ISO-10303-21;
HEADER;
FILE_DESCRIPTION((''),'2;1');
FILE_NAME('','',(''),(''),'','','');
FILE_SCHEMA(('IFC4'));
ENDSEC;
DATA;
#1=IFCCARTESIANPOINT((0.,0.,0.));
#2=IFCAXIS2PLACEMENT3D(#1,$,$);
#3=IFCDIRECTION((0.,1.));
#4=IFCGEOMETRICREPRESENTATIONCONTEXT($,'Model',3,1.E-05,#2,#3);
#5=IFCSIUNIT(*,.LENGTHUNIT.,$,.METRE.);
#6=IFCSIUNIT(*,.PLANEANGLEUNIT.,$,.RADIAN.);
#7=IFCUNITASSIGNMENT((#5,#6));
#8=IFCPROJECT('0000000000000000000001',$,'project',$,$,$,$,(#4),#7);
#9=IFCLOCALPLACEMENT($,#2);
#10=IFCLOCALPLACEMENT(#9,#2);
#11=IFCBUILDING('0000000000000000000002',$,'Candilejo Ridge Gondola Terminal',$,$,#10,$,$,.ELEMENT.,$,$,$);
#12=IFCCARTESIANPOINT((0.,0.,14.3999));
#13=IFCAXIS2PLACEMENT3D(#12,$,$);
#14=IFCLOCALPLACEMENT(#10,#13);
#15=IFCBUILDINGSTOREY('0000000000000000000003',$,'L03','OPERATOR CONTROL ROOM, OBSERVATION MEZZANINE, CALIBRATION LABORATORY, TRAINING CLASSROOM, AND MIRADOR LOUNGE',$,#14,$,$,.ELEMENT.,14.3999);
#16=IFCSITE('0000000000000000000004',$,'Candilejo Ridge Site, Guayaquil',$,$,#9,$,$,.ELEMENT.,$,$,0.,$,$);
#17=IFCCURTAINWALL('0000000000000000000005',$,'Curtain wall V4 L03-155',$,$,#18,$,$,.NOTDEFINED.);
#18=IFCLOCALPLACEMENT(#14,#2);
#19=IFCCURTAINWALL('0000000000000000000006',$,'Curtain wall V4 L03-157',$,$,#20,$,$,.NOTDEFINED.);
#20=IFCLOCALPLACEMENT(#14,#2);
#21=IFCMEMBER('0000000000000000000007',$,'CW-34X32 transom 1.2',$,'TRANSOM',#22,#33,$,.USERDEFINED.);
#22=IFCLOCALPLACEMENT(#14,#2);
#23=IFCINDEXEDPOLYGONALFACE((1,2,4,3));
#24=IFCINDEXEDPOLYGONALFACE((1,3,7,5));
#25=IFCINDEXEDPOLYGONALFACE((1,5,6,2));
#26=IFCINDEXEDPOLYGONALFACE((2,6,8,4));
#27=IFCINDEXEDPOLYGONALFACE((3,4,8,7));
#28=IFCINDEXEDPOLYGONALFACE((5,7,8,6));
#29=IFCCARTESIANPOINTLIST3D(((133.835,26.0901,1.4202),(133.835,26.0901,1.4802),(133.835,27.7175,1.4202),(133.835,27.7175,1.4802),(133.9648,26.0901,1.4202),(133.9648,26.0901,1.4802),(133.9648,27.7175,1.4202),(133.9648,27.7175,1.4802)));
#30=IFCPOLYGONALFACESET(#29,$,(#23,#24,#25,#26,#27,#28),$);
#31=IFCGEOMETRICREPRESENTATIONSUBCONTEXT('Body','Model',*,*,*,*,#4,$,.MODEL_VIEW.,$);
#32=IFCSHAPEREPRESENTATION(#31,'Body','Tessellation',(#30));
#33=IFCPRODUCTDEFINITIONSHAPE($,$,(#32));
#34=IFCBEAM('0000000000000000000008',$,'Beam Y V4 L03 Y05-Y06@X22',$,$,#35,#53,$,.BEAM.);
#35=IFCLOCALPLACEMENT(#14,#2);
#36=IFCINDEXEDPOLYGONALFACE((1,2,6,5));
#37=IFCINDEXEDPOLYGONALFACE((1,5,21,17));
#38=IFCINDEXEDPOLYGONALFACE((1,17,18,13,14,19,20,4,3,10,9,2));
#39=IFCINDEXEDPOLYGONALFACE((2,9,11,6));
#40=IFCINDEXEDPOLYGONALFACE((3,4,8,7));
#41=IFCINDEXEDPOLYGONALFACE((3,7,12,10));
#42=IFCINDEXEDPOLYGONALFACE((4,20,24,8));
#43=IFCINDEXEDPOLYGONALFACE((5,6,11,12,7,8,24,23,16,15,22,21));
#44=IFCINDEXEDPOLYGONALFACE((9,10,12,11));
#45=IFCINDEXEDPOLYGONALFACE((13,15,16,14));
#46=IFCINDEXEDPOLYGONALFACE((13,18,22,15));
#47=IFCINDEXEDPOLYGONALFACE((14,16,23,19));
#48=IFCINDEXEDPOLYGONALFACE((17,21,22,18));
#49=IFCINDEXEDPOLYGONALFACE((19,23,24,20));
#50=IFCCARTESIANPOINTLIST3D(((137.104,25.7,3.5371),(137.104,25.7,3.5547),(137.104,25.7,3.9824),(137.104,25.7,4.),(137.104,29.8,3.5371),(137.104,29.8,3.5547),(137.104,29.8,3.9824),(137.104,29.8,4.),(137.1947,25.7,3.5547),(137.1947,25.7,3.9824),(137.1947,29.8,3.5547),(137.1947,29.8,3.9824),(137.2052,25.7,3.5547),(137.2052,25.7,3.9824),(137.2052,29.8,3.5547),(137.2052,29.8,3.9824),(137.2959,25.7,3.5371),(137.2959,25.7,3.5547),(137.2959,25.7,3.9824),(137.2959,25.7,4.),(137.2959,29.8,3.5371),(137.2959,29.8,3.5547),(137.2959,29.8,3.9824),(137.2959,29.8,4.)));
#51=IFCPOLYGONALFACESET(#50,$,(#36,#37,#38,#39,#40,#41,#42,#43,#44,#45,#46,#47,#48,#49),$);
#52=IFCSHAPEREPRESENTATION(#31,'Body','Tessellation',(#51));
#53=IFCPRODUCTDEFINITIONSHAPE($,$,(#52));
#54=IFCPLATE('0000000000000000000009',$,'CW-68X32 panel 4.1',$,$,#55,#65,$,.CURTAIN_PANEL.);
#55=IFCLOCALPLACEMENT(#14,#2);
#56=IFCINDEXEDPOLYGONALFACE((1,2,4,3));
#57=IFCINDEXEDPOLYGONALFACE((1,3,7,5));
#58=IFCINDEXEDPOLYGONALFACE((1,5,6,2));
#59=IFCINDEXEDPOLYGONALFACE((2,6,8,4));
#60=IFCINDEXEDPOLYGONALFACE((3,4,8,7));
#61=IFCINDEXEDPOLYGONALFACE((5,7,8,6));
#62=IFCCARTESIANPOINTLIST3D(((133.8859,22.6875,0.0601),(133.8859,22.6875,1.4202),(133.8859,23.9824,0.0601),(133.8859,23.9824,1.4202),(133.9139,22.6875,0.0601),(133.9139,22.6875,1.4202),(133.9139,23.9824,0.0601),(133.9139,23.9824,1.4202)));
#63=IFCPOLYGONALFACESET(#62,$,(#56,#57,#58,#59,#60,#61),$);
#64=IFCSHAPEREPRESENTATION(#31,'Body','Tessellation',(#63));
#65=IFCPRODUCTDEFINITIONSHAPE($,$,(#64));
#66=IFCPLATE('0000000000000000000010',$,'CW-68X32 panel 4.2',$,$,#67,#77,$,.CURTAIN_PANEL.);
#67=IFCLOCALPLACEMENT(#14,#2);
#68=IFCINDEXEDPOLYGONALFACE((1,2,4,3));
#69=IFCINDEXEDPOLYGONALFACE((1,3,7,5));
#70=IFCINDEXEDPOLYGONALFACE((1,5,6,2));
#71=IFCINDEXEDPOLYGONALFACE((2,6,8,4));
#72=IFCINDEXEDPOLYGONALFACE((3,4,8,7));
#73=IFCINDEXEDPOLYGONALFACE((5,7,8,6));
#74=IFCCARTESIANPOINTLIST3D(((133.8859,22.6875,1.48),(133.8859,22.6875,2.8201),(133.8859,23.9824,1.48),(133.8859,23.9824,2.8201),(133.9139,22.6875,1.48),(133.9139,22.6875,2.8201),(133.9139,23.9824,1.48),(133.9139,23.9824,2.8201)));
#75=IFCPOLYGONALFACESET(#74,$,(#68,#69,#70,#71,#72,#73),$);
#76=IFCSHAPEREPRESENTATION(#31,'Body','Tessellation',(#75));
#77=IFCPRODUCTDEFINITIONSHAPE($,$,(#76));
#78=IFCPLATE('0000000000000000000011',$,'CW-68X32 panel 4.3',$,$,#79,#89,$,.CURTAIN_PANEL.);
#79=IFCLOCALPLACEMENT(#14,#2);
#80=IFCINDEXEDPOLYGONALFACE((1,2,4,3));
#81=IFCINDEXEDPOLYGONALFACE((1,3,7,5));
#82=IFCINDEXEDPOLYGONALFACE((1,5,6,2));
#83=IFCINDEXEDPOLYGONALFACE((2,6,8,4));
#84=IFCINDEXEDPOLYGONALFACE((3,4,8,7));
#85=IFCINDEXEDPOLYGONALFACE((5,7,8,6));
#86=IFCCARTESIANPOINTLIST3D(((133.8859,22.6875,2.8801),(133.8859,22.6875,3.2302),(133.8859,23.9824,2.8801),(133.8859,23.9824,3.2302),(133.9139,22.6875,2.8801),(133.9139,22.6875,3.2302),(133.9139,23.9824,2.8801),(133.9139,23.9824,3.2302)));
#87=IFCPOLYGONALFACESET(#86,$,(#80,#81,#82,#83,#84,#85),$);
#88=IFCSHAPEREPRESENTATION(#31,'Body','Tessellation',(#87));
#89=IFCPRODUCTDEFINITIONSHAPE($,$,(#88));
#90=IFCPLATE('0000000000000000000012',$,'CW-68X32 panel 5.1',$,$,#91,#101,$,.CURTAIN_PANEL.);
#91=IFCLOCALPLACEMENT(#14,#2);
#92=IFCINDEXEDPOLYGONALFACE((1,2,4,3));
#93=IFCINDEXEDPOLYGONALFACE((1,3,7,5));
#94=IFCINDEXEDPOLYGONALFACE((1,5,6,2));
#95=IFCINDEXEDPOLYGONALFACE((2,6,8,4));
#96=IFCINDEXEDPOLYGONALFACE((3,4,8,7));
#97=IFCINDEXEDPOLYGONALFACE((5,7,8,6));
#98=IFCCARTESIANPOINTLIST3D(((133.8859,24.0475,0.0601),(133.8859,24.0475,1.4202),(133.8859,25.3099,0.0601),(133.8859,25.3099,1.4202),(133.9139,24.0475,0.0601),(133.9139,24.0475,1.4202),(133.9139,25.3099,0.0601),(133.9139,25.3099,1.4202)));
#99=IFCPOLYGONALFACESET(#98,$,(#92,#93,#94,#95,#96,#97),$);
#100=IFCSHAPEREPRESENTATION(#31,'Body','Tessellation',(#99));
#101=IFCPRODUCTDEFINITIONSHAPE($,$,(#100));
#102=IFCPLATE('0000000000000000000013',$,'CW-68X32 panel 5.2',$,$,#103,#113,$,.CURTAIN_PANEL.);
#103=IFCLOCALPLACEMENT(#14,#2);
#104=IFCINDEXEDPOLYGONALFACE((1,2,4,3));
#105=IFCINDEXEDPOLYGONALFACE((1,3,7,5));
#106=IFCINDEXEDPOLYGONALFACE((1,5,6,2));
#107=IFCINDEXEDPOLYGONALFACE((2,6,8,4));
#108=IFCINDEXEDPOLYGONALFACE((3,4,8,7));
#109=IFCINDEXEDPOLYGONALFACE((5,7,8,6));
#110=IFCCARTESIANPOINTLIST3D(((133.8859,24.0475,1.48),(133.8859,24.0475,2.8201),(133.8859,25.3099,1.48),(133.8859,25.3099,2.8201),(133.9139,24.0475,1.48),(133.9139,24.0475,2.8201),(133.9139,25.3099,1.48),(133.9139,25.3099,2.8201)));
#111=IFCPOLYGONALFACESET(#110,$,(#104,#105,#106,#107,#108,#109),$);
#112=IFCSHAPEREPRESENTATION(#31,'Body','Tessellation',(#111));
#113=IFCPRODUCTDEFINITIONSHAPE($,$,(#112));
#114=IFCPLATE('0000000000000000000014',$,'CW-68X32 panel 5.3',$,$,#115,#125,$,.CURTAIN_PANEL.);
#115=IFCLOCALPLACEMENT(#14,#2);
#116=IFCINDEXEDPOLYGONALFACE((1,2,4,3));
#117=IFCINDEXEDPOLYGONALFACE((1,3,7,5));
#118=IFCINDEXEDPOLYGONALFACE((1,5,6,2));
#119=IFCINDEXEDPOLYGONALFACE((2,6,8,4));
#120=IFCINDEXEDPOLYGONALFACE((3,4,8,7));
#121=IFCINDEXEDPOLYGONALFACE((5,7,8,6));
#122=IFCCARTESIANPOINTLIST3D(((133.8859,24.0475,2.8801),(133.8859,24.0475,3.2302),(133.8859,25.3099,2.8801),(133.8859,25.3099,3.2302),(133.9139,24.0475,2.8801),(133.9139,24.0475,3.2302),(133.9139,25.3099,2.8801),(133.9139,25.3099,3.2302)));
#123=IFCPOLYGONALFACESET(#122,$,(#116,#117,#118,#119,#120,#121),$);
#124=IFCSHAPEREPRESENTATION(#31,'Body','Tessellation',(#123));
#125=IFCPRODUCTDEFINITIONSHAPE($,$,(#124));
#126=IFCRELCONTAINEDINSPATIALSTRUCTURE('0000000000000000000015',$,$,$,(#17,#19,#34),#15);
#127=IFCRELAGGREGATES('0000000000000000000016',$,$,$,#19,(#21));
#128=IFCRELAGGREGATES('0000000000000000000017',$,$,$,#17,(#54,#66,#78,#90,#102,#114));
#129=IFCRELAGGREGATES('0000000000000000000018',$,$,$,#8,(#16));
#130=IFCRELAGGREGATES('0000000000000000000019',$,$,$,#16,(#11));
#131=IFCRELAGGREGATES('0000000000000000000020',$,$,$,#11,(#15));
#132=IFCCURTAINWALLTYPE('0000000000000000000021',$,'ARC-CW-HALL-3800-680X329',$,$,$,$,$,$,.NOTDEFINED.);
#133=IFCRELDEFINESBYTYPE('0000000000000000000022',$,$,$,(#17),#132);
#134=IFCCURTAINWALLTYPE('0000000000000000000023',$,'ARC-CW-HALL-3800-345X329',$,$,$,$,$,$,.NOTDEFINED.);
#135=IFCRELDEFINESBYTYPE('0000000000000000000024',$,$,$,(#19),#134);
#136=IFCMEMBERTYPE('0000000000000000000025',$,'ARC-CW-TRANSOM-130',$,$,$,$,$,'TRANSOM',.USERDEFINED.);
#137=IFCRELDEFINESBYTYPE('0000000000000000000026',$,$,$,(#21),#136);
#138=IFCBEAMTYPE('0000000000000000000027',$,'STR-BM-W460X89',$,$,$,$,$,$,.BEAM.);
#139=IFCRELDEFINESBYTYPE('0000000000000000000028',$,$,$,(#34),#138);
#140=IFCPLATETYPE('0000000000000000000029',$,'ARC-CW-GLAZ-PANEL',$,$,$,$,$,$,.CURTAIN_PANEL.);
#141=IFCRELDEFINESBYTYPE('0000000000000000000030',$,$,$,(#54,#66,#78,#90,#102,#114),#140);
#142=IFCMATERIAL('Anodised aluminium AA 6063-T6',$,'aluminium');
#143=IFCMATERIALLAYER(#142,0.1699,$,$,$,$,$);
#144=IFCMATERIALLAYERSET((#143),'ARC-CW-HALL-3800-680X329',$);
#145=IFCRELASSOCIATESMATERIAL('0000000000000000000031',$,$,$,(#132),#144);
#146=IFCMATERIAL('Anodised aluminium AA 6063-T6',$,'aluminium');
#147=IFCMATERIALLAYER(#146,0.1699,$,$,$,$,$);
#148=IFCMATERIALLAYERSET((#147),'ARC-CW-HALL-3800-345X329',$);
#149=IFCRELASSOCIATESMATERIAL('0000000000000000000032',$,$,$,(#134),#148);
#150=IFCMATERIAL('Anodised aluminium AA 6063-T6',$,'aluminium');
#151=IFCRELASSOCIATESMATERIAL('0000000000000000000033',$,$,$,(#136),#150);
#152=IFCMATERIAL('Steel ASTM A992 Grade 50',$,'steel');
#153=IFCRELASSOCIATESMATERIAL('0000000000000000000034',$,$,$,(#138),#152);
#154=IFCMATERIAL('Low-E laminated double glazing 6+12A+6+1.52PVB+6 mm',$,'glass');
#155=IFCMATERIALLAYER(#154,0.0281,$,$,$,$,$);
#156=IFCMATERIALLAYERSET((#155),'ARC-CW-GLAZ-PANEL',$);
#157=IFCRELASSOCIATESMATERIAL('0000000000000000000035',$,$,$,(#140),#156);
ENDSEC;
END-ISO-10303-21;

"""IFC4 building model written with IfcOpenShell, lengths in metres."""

from ifc_helpers import new_model, si_unit, direction, frame, origin, origin_2d, place, context, subcontext, project, spatial, rectangle, i_section, extrude, material, layer, layer_set, material_profile, profile_set, type_object, element, aggregate, save


model = new_model("IFC4")

# Units and contexts
model_context = context("Model", 3, precision=1e-05, world=origin(), true_north=direction((0.0, 1.0)))
body_context = subcontext(model_context, "Body", "Model", "MODEL_VIEW")
ifc_project = project(units=[si_unit("LENGTHUNIT", "METRE"), si_unit("PLANEANGLEUNIT", "RADIAN")], contexts=[model_context])

# Site, building, storey
site_placement = place(None, origin())
site = spatial("IfcSite", under=ifc_project, at=site_placement, Name="Candilejo Ridge Site, Guayaquil", CompositionType="ELEMENT", RefElevation=0.0)
building_placement = place(site_placement, origin())
building = spatial("IfcBuilding", under=site, at=building_placement, Name="Candilejo Ridge Gondola Terminal", CompositionType="ELEMENT")
storey_placement = place(building_placement, frame((0.0, 0.0, 14.3999)))
storey = spatial("IfcBuildingStorey", under=building, at=storey_placement, Name="L03", Description="OPERATOR CONTROL ROOM, OBSERVATION MEZZANINE, CALIBRATION LABORATORY, TRAINING CLASSROOM, AND MIRADOR LOUNGE", CompositionType="ELEMENT", Elevation=14.3999)

# Curtain wall
ifc_material_1 = material(Name="Anodised aluminium AA 6063-T6", Category="aluminium")
ifc_layer_1 = layer(ifc_material_1, 0.1699)
ifc_layer_set_1 = layer_set([ifc_layer_1], Name="ARC-CW-HALL-3800-680X329")
curtain_wall_type_1 = type_object("IfcCurtainWallType", Name="ARC-CW-HALL-3800-680X329", PredefinedType="NOTDEFINED", material=ifc_layer_set_1)
curtain_wall_1_placement = place(storey_placement, origin())
curtain_wall_1 = element("IfcCurtainWall", 1, at=curtain_wall_1_placement, inside=storey, type_object=curtain_wall_type_1, Name="Curtain wall V4 L03-155", PredefinedType="NOTDEFINED")

# Curtain wall
ifc_material_2 = material(Name="Anodised aluminium AA 6063-T6", Category="aluminium")
ifc_layer_2 = layer(ifc_material_2, 0.1699)
ifc_layer_set_2 = layer_set([ifc_layer_2], Name="ARC-CW-HALL-3800-345X329")
curtain_wall_type_2 = type_object("IfcCurtainWallType", Name="ARC-CW-HALL-3800-345X329", PredefinedType="NOTDEFINED", material=ifc_layer_set_2)
curtain_wall_2_placement = place(storey_placement, origin())
curtain_wall_2 = element("IfcCurtainWall", 2, at=curtain_wall_2_placement, inside=storey, type_object=curtain_wall_type_2, Name="Curtain wall V4 L03-157", PredefinedType="NOTDEFINED")

# Member
ifc_material_3 = material(Name="Anodised aluminium AA 6063-T6", Category="aluminium")
ifc_material_profile_1 = material_profile(ifc_material_3, rectangle(XDim=0.1299, YDim=0.0601, at=origin_2d()))
ifc_profile_set_1 = profile_set([ifc_material_profile_1], Name="Anodised aluminium AA 6063-T6")
member_type_1 = type_object("IfcMemberType", Name="ARC-CW-TRANSOM-130", ElementType="TRANSOM", PredefinedType="USERDEFINED", material=ifc_profile_set_1)
member_1_placement = place(storey_placement, frame((133.8999, 26.0901, 1.4502), z_axis=(0.0, 1.0, 0.0), x_axis=(-1.0, 0.0, 0.0)))
member_1 = element("IfcMember", 3, at=member_1_placement, type_object=member_type_1, Name="CW-34X32 transom 1.2", ObjectType="TRANSOM", PredefinedType="USERDEFINED", context=body_context, shape_type="SweptSolid", body=[
    extrude(rectangle(XDim=0.1299, YDim=0.0601, at=origin_2d()), origin(), (0.0, 0.0, 1.0), 1.6274),
])
aggregate(curtain_wall_2, [member_1])

# Beam
ifc_material_4 = material(Name="Steel ASTM A992 Grade 50", Category="steel")
ifc_material_profile_2 = material_profile(ifc_material_4, i_section(OverallWidth=0.1919, OverallDepth=0.4629, WebThickness=0.0105, FlangeThickness=0.0176, at=origin_2d()))
ifc_profile_set_2 = profile_set([ifc_material_profile_2], Name="Steel ASTM A992 Grade 50")
beam_type = type_object("IfcBeamType", Name="STR-BM-W460X89", PredefinedType="BEAM", material=ifc_profile_set_2)
beam_placement = place(storey_placement, frame((137.2, 25.7, 3.7686), z_axis=(0.0, 1.0, 0.0), x_axis=(-1.0, 0.0, 0.0)))
element("IfcBeam", 4, at=beam_placement, inside=storey, type_object=beam_type, Name="Beam Y V4 L03 Y05-Y06@X22", PredefinedType="BEAM", context=body_context, shape_type="SweptSolid", body=[
    extrude(i_section(OverallWidth=0.1919, OverallDepth=0.4629, WebThickness=0.0105, FlangeThickness=0.0176, at=origin_2d()), origin(), (0.0, 0.0, 1.0), 4.1001),
])

# Plates
ifc_material_5 = material(Name="Low-E laminated double glazing 6+12A+6+1.52PVB+6 mm", Category="glass")
ifc_layer_3 = layer(ifc_material_5, 0.0281)
ifc_layer_set_3 = layer_set([ifc_layer_3], Name="ARC-CW-GLAZ-PANEL")
plate_type = type_object("IfcPlateType", Name="ARC-CW-GLAZ-PANEL", PredefinedType="CURTAIN_PANEL", material=ifc_layer_set_3)
plate_1_placement = place(storey_placement, frame((133.8999, 23.335, 0.0601), z_axis=(0.0, 0.0, 1.0), x_axis=(0.0, 1.0, 0.0)))
plate_1 = element("IfcPlate", 5, at=plate_1_placement, type_object=plate_type, Name="CW-68X32 panel 4.1", PredefinedType="CURTAIN_PANEL", context=body_context, shape_type="SweptSolid", body=[
    extrude(rectangle(XDim=1.2949, YDim=0.0281, at=origin_2d()), origin(), (0.0, 0.0, 1.0), 1.3601),
])
plate_2_placement = place(storey_placement, frame((133.8999, 23.335, 1.48), z_axis=(0.0, 0.0, 1.0), x_axis=(0.0, 1.0, 0.0)))
plate_2 = element("IfcPlate", 6, at=plate_2_placement, type_object=plate_type, Name="CW-68X32 panel 4.2", PredefinedType="CURTAIN_PANEL", context=body_context, shape_type="SweptSolid", body=[
    extrude(rectangle(XDim=1.2949, YDim=0.0281, at=origin_2d()), origin(), (0.0, 0.0, 1.0), 1.3401),
])
plate_3_placement = place(storey_placement, frame((133.8999, 23.335, 2.8801), z_axis=(0.0, 0.0, 1.0), x_axis=(0.0, 1.0, 0.0)))
plate_3 = element("IfcPlate", 7, at=plate_3_placement, type_object=plate_type, Name="CW-68X32 panel 4.3", PredefinedType="CURTAIN_PANEL", context=body_context, shape_type="SweptSolid", body=[
    extrude(rectangle(XDim=1.2949, YDim=0.0281, at=origin_2d()), origin(), (0.0, 0.0, 1.0), 0.3501),
])
plate_4_placement = place(storey_placement, frame((133.8999, 24.6787, 0.0601), z_axis=(0.0, 0.0, 1.0), x_axis=(0.0, 1.0, 0.0)))
plate_4 = element("IfcPlate", 8, at=plate_4_placement, type_object=plate_type, Name="CW-68X32 panel 5.1", PredefinedType="CURTAIN_PANEL", context=body_context, shape_type="SweptSolid", body=[
    extrude(rectangle(XDim=1.2625, YDim=0.0281, at=origin_2d()), origin(), (0.0, 0.0, 1.0), 1.3601),
])
plate_5_placement = place(storey_placement, frame((133.8999, 24.6787, 1.48), z_axis=(0.0, 0.0, 1.0), x_axis=(0.0, 1.0, 0.0)))
plate_5 = element("IfcPlate", 9, at=plate_5_placement, type_object=plate_type, Name="CW-68X32 panel 5.2", PredefinedType="CURTAIN_PANEL", context=body_context, shape_type="SweptSolid", body=[
    extrude(rectangle(XDim=1.2625, YDim=0.0281, at=origin_2d()), origin(), (0.0, 0.0, 1.0), 1.3401),
])
plate_6_placement = place(storey_placement, frame((133.8999, 24.6787, 2.8801), z_axis=(0.0, 0.0, 1.0), x_axis=(0.0, 1.0, 0.0)))
plate_6 = element("IfcPlate", 10, at=plate_6_placement, type_object=plate_type, Name="CW-68X32 panel 5.3", PredefinedType="CURTAIN_PANEL", context=body_context, shape_type="SweptSolid", body=[
    extrude(rectangle(XDim=1.2625, YDim=0.0281, at=origin_2d()), origin(), (0.0, 0.0, 1.0), 0.3501),
])
aggregate(curtain_wall_1, [plate_1, plate_2, plate_3, plate_4, plate_5, plate_6])

save(model, "model.ifc")
